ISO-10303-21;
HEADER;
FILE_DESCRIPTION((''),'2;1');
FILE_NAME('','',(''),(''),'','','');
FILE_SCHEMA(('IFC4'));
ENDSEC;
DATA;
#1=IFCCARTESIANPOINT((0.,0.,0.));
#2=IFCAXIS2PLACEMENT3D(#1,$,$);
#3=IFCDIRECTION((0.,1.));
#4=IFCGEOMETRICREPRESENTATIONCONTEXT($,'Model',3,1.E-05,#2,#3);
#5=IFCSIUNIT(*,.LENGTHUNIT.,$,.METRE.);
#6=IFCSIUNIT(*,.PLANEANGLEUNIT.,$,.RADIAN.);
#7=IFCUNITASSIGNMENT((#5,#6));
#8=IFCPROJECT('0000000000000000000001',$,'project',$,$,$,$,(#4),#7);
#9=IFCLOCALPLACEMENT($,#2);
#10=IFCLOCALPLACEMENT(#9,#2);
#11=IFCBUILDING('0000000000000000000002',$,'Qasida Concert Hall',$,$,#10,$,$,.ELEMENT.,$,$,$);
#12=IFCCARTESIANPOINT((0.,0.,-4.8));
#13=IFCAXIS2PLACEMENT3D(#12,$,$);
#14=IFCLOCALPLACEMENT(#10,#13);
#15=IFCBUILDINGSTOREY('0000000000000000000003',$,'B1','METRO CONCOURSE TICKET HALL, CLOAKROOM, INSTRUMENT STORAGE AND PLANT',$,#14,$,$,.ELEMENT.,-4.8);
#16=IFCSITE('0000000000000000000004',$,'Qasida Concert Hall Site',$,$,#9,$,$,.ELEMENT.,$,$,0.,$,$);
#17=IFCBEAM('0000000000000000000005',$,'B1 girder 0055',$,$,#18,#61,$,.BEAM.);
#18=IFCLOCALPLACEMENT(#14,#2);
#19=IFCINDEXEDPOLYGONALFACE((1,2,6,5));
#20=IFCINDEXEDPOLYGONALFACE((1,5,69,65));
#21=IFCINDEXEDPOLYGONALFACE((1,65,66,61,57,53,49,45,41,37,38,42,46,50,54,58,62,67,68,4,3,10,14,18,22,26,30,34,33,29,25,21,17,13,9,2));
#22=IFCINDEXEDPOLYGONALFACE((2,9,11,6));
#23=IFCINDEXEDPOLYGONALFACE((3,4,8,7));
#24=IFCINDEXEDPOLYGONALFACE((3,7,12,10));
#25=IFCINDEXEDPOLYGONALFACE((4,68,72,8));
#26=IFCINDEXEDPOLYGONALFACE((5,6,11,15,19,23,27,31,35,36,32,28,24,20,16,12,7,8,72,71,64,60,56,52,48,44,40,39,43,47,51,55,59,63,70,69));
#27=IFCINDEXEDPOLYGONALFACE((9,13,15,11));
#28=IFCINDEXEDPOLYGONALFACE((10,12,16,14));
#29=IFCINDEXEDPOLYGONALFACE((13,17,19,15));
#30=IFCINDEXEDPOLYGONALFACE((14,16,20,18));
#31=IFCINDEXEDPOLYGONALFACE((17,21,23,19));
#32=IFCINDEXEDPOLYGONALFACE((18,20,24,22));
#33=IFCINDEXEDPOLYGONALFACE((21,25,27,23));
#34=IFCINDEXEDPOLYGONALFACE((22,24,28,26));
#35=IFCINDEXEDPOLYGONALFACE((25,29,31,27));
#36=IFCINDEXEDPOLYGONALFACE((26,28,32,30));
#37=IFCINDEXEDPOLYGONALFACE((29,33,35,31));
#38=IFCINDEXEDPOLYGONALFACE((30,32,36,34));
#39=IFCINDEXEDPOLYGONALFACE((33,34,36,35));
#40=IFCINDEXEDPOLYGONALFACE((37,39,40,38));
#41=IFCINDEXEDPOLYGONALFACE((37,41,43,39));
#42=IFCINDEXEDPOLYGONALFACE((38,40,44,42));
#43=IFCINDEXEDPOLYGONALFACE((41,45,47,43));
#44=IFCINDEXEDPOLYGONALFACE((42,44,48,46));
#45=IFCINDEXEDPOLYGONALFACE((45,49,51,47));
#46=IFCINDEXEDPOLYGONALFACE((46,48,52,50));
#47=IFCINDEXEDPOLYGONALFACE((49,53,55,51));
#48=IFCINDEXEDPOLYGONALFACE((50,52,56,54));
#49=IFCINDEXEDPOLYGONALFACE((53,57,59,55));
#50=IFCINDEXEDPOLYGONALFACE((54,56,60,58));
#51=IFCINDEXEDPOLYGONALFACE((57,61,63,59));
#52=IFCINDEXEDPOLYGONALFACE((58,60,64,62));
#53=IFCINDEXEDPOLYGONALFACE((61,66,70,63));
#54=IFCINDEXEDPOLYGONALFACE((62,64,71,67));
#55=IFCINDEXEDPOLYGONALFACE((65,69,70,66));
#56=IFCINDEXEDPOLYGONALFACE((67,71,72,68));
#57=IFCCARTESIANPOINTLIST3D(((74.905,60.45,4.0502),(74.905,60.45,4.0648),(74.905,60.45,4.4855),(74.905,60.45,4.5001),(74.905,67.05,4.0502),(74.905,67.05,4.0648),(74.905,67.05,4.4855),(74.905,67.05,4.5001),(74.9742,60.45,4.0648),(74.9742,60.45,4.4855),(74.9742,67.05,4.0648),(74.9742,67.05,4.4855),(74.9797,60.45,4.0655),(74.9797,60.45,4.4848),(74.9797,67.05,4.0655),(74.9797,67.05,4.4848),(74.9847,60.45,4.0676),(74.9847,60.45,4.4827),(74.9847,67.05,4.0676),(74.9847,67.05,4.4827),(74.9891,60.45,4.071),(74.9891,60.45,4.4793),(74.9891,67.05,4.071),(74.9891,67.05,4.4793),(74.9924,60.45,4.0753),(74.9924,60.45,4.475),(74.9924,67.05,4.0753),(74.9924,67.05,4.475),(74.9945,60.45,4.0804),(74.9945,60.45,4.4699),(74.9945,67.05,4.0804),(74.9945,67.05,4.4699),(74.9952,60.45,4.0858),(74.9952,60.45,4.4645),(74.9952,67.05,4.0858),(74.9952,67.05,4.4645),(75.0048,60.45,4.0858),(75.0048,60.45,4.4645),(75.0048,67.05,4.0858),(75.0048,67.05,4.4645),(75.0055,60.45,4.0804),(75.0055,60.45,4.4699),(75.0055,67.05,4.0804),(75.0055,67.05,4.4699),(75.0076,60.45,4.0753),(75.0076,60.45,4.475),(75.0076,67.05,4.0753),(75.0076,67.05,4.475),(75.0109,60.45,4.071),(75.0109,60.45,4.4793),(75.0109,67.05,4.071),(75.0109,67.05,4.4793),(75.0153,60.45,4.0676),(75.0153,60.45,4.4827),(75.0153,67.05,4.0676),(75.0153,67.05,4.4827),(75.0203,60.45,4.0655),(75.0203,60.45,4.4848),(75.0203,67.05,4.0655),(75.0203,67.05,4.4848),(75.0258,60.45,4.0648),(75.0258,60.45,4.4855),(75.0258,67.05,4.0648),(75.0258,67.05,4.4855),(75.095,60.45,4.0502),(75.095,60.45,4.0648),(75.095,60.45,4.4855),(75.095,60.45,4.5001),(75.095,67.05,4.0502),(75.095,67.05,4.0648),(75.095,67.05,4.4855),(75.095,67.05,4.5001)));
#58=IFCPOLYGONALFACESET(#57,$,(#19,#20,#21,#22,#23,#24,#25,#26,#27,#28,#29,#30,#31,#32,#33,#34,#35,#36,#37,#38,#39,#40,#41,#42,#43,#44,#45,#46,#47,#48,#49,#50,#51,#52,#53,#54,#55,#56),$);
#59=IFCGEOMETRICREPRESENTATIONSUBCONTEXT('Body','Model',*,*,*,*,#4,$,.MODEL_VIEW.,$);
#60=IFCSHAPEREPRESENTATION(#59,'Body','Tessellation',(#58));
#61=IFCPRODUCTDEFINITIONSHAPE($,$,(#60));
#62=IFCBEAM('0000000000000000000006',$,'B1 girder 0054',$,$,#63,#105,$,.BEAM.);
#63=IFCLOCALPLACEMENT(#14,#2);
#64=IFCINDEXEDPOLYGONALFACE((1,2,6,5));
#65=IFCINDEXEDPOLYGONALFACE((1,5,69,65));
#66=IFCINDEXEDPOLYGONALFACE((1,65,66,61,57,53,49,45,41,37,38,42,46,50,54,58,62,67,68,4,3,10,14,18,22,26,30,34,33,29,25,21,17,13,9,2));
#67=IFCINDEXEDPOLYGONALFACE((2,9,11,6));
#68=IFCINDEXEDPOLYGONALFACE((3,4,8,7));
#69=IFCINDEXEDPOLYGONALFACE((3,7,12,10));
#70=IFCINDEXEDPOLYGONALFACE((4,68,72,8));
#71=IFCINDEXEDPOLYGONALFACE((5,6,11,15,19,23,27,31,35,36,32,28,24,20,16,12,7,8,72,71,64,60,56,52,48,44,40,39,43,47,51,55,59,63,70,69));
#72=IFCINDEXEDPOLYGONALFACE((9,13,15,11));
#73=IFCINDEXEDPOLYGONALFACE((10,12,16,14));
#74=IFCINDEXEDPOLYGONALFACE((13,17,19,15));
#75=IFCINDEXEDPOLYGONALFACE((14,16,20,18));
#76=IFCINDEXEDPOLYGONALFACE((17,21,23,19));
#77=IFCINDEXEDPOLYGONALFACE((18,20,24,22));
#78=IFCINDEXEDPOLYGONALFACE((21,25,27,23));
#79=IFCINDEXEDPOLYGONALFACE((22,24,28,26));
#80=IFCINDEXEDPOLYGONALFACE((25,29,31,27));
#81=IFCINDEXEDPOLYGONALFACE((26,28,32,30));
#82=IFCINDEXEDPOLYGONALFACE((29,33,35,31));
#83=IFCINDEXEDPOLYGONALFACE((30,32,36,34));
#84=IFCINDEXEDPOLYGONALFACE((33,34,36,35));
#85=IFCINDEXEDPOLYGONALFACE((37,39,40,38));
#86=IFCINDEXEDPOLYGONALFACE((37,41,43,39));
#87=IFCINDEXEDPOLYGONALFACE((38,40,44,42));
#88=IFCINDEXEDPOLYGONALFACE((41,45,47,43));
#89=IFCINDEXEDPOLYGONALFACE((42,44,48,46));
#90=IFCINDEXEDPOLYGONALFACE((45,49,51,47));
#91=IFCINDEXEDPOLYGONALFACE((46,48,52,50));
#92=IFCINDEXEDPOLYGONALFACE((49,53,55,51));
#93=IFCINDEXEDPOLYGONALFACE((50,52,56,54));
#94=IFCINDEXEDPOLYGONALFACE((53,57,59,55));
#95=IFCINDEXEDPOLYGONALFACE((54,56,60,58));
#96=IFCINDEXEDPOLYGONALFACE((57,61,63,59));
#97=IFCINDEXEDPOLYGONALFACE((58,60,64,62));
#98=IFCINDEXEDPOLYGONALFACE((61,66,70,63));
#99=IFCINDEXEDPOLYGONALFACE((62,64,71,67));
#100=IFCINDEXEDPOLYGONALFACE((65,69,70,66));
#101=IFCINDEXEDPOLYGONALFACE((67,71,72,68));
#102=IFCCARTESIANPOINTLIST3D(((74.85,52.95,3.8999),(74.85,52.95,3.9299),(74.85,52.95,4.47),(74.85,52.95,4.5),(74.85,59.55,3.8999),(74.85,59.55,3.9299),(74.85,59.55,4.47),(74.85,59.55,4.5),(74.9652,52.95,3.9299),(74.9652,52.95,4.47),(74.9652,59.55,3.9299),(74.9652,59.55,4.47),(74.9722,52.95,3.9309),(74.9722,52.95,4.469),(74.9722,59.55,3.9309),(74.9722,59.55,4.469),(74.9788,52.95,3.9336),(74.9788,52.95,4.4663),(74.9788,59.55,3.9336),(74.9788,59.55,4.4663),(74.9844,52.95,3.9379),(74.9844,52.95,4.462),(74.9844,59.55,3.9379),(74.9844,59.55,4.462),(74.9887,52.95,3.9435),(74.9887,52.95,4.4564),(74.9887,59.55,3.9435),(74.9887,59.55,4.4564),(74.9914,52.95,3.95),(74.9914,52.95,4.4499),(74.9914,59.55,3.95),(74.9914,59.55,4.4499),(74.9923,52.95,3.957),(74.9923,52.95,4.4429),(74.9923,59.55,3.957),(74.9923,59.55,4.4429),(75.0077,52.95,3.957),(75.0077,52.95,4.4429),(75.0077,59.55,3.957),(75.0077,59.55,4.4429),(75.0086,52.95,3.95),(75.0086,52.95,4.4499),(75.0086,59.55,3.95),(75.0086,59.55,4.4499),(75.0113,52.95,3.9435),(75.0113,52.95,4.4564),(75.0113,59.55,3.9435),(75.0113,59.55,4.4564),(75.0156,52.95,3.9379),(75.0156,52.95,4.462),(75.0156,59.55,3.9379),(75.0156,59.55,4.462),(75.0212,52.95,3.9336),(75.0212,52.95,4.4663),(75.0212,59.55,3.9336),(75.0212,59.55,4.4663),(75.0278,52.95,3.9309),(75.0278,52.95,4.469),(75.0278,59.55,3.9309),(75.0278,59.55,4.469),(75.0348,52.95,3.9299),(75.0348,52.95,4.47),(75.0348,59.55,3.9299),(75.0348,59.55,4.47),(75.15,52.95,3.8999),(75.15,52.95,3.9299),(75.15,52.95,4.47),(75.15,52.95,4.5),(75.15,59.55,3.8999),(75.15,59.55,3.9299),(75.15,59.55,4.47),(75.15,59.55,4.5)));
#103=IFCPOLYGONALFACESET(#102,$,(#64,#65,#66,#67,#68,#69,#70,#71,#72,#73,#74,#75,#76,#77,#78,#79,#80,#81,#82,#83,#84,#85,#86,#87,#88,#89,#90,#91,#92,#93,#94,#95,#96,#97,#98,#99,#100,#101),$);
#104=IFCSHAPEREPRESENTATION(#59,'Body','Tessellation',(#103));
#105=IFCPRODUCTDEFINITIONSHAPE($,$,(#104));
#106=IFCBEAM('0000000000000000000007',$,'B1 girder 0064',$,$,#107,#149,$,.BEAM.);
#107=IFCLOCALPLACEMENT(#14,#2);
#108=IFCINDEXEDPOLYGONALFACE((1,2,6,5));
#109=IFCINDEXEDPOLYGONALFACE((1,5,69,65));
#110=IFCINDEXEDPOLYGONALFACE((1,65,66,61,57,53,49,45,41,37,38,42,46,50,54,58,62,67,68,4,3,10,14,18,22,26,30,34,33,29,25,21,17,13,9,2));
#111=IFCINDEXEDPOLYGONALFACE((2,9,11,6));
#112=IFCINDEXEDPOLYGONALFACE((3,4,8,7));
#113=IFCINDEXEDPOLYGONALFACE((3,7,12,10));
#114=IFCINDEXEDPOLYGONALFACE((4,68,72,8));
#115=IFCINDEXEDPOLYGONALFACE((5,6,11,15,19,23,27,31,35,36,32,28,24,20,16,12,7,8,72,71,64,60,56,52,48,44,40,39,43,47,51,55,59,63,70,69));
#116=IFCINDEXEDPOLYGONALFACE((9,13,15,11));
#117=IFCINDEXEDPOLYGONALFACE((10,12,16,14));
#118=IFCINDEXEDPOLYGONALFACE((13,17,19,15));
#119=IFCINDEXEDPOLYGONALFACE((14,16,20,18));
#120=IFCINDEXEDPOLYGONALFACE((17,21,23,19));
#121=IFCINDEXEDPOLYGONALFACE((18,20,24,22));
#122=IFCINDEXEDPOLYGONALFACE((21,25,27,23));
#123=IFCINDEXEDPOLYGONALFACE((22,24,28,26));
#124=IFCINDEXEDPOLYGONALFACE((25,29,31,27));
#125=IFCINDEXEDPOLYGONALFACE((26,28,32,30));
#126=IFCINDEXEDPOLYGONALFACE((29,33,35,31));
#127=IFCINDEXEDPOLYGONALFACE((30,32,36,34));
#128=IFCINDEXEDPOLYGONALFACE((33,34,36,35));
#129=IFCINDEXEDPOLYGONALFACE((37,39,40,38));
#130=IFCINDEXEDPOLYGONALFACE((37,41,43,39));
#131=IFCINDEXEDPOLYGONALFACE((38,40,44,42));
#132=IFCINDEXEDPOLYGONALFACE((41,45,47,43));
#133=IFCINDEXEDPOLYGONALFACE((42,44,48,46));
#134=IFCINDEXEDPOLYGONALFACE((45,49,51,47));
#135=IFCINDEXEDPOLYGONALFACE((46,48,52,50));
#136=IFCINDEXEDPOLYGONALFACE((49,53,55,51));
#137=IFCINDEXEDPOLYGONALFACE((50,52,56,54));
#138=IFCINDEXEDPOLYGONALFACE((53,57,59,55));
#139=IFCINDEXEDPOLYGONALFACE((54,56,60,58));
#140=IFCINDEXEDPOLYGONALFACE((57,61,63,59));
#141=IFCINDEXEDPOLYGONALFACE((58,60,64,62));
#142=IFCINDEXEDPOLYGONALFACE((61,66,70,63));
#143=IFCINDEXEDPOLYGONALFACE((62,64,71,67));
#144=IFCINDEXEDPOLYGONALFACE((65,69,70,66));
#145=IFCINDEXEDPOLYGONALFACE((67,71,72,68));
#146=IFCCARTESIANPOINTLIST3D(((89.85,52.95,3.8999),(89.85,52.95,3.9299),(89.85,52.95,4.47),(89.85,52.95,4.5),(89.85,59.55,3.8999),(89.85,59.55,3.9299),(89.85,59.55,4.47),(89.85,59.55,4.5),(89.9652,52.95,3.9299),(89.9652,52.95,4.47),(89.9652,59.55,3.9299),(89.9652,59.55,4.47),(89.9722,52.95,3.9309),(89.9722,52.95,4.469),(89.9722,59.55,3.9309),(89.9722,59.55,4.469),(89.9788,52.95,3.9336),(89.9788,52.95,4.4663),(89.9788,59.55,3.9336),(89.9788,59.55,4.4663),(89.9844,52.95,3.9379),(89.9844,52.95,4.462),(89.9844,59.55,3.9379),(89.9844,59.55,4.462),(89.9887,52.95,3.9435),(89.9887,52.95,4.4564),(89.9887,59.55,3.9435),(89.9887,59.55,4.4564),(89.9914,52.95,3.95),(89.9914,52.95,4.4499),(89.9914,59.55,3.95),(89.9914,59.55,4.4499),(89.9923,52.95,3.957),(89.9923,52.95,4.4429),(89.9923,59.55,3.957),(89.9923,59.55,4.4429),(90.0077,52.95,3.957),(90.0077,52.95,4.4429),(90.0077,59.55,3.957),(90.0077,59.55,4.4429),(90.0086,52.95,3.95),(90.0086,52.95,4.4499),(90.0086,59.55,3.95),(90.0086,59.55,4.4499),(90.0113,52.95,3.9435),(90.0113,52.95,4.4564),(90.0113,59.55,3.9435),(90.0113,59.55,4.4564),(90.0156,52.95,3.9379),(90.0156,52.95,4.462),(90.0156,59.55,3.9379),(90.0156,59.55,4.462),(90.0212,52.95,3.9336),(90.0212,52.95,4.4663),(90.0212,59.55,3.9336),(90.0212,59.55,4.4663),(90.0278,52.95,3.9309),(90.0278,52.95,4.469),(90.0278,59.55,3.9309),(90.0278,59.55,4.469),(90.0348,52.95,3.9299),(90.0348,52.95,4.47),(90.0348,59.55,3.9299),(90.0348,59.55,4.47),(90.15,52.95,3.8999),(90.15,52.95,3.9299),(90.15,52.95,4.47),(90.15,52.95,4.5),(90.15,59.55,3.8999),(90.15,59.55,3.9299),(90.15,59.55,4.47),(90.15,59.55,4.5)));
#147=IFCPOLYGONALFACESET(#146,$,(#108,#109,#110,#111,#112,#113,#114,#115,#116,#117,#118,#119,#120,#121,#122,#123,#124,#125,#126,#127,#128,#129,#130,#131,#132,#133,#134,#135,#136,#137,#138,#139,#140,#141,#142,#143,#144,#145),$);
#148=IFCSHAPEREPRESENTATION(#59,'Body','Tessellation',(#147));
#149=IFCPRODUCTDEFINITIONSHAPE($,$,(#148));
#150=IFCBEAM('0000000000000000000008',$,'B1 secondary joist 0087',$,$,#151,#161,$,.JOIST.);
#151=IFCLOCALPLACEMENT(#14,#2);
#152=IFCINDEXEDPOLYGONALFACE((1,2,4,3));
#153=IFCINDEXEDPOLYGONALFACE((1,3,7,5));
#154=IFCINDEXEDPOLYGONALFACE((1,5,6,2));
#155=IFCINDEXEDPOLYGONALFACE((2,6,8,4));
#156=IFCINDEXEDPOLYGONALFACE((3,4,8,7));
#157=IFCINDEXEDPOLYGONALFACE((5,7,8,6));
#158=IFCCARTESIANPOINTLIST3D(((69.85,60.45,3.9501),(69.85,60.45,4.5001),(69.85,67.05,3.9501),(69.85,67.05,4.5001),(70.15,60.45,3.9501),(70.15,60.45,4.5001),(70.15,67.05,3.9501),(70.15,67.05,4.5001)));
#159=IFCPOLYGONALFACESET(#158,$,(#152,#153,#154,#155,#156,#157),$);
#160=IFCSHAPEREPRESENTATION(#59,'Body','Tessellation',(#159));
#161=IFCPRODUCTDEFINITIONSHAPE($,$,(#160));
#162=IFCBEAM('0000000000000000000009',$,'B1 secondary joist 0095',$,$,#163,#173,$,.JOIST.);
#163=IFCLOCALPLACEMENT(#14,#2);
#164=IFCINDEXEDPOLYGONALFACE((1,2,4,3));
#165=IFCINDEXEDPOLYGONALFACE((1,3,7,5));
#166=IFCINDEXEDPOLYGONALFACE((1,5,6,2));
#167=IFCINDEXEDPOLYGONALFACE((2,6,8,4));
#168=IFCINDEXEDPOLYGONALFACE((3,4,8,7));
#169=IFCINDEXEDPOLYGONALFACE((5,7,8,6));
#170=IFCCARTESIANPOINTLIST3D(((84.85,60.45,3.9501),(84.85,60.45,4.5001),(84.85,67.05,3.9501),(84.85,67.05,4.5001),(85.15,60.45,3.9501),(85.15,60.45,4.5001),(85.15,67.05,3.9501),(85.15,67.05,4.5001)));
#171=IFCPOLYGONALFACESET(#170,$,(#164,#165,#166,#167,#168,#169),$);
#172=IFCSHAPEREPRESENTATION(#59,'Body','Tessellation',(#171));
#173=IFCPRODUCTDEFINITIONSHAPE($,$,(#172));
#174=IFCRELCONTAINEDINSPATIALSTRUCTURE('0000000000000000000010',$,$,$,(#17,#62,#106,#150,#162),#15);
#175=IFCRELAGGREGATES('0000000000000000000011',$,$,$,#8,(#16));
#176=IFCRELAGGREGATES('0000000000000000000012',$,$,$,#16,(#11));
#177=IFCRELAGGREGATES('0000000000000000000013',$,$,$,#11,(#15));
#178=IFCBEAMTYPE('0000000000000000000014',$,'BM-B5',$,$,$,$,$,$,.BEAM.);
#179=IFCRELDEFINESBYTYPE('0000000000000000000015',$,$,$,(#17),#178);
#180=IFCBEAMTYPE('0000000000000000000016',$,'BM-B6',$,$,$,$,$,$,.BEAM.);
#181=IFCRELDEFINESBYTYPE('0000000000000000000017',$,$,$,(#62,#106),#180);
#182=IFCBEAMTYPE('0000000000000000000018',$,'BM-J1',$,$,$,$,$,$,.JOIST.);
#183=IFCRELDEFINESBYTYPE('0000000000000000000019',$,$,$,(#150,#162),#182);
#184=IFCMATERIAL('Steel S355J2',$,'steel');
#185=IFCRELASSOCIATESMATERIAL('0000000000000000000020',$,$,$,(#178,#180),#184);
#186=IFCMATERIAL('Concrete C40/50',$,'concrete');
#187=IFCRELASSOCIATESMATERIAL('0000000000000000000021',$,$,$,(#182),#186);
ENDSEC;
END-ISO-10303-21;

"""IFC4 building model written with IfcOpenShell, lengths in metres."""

from ifc_helpers import new_model, si_unit, direction, frame, origin, origin_2d, place, context, subcontext, project, spatial, rectangle, i_section, extrude, material, material_profile, profile_set, type_object, element, save


model = new_model("IFC4")

# Units and contexts
model_context = context("Model", 3, precision=1e-05, world=origin(), true_north=direction((0.0, 1.0)))
body_context = subcontext(model_context, "Body", "Model", "MODEL_VIEW")
ifc_project = project(units=[si_unit("LENGTHUNIT", "METRE"), si_unit("PLANEANGLEUNIT", "RADIAN")], contexts=[model_context])

# Site, building, storey
site_placement = place(None, origin())
site = spatial("IfcSite", under=ifc_project, at=site_placement, Name="Qasida Concert Hall Site", CompositionType="ELEMENT", RefElevation=0.0)
building_placement = place(site_placement, origin())
building = spatial("IfcBuilding", under=site, at=building_placement, Name="Qasida Concert Hall", CompositionType="ELEMENT")
storey_placement = place(building_placement, frame((0.0, 0.0, -4.8)))
storey = spatial("IfcBuildingStorey", under=building, at=storey_placement, Name="B1", Description="METRO CONCOURSE TICKET HALL, CLOAKROOM, INSTRUMENT STORAGE AND PLANT", CompositionType="ELEMENT", Elevation=-4.8)

# Shared definitions
ifc_material_1 = material(Name="Concrete C40/50", Category="concrete")

# Beams
ifc_material_2 = material(Name="Steel S355J2", Category="steel")
ifc_material_profile_1 = material_profile(ifc_material_2, i_section(OverallWidth=0.1899, OverallDepth=0.45, WebThickness=0.0095, FlangeThickness=0.0146, FilletRadius=0.021, at=origin_2d()), Name="IPE 450")
ifc_profile_set_1 = profile_set([ifc_material_profile_1], Name="Steel S355J2")
beam_type_1 = type_object("IfcBeamType", Name="BM-B5", PredefinedType="BEAM", material=ifc_profile_set_1)
beam_1_placement = place(storey_placement, frame((75.0, 60.45, 4.2751), z_axis=(0.0, 1.0, 0.0), x_axis=(-1.0, 0.0, 0.0)))
element("IfcBeam", 1, at=beam_1_placement, inside=storey, type_object=beam_type_1, Name="B1 girder 0055", PredefinedType="BEAM", context=body_context, shape_type="SweptSolid", body=[
    extrude(i_section(OverallWidth=0.1899, OverallDepth=0.45, WebThickness=0.0095, FlangeThickness=0.0146, FilletRadius=0.021, at=origin_2d()), origin(), (0.0, 0.0, 1.0), 6.6001),
])
ifc_material_profile_2 = material_profile(ifc_material_2, i_section(OverallWidth=0.3, OverallDepth=0.6001, WebThickness=0.0154, FlangeThickness=0.03, FilletRadius=0.0271, at=origin_2d()), Name="HEB 600")
ifc_profile_set_2 = profile_set([ifc_material_profile_2], Name="Steel S355J2")
beam_type_2 = type_object("IfcBeamType", Name="BM-B6", PredefinedType="BEAM", material=ifc_profile_set_2)
for number, where, z_axis, x_axis, name in (
    (2, (75.0, 52.95, 4.2), (0.0, 1.0, 0.0), (-1.0, 0.0, 0.0), "B1 girder 0054"),
    (3, (90.0, 52.95, 4.2), (0.0, 1.0, 0.0), (-1.0, 0.0, 0.0), "B1 girder 0064"),
):
    element("IfcBeam", number, at=place(storey_placement, frame(where, z_axis=z_axis, x_axis=x_axis)), inside=storey, type_object=beam_type_2, Name=name, PredefinedType="BEAM", context=body_context, shape_type="SweptSolid", body=[
        extrude(i_section(OverallWidth=0.3, OverallDepth=0.6001, WebThickness=0.0154, FlangeThickness=0.03, FilletRadius=0.0271, at=origin_2d()), origin(), (0.0, 0.0, 1.0), 6.6001),
    ])
ifc_material_profile_3 = material_profile(ifc_material_1, rectangle(XDim=0.3, YDim=0.55, at=origin_2d()), Name="RC 300x550")
ifc_profile_set_3 = profile_set([ifc_material_profile_3], Name="Concrete C40/50")
beam_type_3 = type_object("IfcBeamType", Name="BM-J1", PredefinedType="JOIST", material=ifc_profile_set_3)
for number, where, z_axis, x_axis, name in (
    (4, (70.0, 60.45, 4.2251), (0.0, 1.0, 0.0), (-1.0, 0.0, 0.0), "B1 secondary joist 0087"),
    (5, (85.0, 60.45, 4.2251), (0.0, 1.0, 0.0), (-1.0, 0.0, 0.0), "B1 secondary joist 0095"),
):
    element("IfcBeam", number, at=place(storey_placement, frame(where, z_axis=z_axis, x_axis=x_axis)), inside=storey, type_object=beam_type_3, Name=name, PredefinedType="JOIST", context=body_context, shape_type="SweptSolid", body=[
        extrude(rectangle(XDim=0.3, YDim=0.55, at=origin_2d()), origin(), (0.0, 0.0, 1.0), 6.6001),
    ])

save(model, "model.ifc")
